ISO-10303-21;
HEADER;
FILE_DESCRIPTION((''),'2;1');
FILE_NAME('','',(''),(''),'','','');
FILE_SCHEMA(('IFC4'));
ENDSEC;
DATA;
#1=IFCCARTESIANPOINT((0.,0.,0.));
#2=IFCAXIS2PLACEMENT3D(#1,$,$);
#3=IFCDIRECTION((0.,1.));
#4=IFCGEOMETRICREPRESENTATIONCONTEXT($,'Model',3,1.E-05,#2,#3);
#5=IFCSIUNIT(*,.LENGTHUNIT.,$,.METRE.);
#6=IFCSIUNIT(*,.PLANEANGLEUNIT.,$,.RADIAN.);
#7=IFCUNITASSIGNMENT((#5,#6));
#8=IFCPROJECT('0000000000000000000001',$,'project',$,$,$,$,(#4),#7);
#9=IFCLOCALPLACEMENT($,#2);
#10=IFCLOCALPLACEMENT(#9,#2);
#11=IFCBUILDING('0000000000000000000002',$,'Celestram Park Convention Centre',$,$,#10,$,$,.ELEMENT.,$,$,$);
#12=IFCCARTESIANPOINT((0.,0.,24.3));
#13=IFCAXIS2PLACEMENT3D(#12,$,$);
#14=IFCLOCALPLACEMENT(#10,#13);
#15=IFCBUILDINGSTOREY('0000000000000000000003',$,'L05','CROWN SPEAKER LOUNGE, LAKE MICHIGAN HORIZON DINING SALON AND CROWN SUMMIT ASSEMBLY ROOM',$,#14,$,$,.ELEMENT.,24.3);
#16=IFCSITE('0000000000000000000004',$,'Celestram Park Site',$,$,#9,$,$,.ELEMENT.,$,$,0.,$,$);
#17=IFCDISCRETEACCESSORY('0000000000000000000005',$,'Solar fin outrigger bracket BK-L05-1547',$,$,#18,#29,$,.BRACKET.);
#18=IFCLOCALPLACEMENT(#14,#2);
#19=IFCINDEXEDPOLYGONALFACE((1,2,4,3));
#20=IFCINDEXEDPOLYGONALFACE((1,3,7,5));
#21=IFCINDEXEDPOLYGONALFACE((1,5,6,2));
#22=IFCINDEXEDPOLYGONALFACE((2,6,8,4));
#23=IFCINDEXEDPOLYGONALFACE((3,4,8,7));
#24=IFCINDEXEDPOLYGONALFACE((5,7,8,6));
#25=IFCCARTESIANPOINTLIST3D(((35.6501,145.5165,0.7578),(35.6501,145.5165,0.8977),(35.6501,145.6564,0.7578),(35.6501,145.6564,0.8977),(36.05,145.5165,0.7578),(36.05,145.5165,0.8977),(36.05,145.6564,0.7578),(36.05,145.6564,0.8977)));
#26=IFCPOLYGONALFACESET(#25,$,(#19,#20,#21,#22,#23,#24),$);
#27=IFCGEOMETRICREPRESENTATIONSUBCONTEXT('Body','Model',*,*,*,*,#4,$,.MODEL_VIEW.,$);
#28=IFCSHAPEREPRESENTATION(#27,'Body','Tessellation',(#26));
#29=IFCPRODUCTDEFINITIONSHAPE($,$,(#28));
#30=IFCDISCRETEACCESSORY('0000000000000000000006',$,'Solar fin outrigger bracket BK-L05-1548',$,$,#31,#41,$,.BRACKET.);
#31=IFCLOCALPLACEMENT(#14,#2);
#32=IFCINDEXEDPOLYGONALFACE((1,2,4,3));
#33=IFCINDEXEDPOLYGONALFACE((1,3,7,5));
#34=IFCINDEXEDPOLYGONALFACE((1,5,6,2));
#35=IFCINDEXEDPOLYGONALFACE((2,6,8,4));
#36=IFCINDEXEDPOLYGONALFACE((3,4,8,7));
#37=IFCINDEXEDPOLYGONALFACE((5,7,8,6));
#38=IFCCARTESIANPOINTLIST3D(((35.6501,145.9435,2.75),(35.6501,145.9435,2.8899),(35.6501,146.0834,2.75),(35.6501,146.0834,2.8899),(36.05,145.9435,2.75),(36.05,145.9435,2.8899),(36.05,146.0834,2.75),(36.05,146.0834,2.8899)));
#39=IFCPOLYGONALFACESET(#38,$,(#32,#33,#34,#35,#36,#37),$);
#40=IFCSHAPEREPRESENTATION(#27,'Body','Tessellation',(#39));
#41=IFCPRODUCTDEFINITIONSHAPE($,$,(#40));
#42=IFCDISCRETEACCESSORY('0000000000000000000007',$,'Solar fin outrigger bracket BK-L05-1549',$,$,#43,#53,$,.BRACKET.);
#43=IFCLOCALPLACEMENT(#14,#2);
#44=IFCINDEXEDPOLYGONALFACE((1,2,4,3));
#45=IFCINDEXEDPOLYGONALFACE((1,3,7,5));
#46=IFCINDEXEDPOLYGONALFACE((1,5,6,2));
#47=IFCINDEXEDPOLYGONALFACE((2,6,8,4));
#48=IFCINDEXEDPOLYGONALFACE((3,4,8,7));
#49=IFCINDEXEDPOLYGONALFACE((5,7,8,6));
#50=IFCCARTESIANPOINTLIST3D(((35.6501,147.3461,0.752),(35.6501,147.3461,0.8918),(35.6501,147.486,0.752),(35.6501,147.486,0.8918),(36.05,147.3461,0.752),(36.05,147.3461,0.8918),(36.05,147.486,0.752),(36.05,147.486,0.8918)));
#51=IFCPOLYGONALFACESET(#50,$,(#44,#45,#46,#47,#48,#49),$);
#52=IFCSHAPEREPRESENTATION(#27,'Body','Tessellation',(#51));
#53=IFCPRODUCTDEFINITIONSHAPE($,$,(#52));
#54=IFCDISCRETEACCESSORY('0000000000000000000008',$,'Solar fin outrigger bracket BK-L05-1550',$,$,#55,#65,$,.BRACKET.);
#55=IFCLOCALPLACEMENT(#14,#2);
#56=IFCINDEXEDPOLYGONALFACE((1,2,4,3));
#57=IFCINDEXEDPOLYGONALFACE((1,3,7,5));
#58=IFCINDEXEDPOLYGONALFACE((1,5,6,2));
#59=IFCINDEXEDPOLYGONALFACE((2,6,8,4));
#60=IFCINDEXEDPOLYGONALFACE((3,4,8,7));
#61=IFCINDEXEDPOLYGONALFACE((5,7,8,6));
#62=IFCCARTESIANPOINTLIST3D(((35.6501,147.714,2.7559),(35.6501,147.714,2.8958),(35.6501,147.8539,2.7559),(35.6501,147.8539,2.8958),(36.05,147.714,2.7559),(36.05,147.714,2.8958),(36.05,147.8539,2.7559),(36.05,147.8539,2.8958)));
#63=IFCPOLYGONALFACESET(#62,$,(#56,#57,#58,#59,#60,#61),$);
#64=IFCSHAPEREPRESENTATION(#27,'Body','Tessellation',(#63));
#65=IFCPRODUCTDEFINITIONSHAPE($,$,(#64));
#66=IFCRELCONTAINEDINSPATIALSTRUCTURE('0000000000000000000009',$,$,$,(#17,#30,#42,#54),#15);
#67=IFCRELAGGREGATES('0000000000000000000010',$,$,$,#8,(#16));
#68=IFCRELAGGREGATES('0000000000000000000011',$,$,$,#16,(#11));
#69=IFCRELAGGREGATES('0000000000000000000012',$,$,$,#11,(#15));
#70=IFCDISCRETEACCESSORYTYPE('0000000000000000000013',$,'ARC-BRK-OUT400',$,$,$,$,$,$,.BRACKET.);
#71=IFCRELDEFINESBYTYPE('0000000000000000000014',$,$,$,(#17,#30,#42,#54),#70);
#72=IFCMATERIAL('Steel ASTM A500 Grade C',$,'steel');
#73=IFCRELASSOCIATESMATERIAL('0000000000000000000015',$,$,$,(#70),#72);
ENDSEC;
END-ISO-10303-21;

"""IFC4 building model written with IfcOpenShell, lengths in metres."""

from ifc_helpers import new_model, si_unit, direction, frame, origin, origin_2d, place, context, subcontext, project, spatial, rectangle, extrude, material, type_object, element, save


model = new_model("IFC4")

# Units and contexts
model_context = context("Model", 3, precision=1e-05, world=origin(), true_north=direction((0.0, 1.0)))
body_context = subcontext(model_context, "Body", "Model", "MODEL_VIEW")
ifc_project = project(units=[si_unit("LENGTHUNIT", "METRE"), si_unit("PLANEANGLEUNIT", "RADIAN")], contexts=[model_context])

# Site, building, storey
site_placement = place(None, origin())
site = spatial("IfcSite", under=ifc_project, at=site_placement, Name="Celestram Park Site", CompositionType="ELEMENT", RefElevation=0.0)
building_placement = place(site_placement, origin())
building = spatial("IfcBuilding", under=site, at=building_placement, Name="Celestram Park Convention Centre", CompositionType="ELEMENT")
storey_placement = place(building_placement, frame((0.0, 0.0, 24.3)))
storey = spatial("IfcBuildingStorey", under=building, at=storey_placement, Name="L05", Description="CROWN SPEAKER LOUNGE, LAKE MICHIGAN HORIZON DINING SALON AND CROWN SUMMIT ASSEMBLY ROOM", CompositionType="ELEMENT", Elevation=24.3)

# Shared definitions
ifc_material_1 = material(Name="Steel ASTM A500 Grade C", Category="steel")

# Discrete accessories
discrete_accessory_type = type_object("IfcDiscreteAccessoryType", Name="ARC-BRK-OUT400", PredefinedType="BRACKET", material=ifc_material_1)
for number, where, z_axis, x_axis, name in (
    (1, (35.8501, 145.5864, 0.7578), (0.0, 0.0, 1.0), (-1.0, 0.0, 0.0), "Solar fin outrigger bracket BK-L05-1547"),
    (2, (35.8501, 146.0134, 2.75), (0.0, 0.0, 1.0), (-1.0, 0.0, 0.0), "Solar fin outrigger bracket BK-L05-1548"),
    (3, (35.8501, 147.416, 0.752), (0.0, 0.0, 1.0), (-1.0, 0.0, 0.0), "Solar fin outrigger bracket BK-L05-1549"),
    (4, (35.8501, 147.7839, 2.7559), (0.0, 0.0, 1.0), (-1.0, 0.0, 0.0), "Solar fin outrigger bracket BK-L05-1550"),
):
    element("IfcDiscreteAccessory", number, at=place(storey_placement, frame(where, z_axis=z_axis, x_axis=x_axis)), inside=storey, type_object=discrete_accessory_type, Name=name, PredefinedType="BRACKET", context=body_context, shape_type="SweptSolid", body=[
        extrude(rectangle(XDim=0.3999, YDim=0.1399, at=origin_2d()), origin(), (0.0, 0.0, 1.0), 0.1399),
    ])

save(model, "model.ifc")
